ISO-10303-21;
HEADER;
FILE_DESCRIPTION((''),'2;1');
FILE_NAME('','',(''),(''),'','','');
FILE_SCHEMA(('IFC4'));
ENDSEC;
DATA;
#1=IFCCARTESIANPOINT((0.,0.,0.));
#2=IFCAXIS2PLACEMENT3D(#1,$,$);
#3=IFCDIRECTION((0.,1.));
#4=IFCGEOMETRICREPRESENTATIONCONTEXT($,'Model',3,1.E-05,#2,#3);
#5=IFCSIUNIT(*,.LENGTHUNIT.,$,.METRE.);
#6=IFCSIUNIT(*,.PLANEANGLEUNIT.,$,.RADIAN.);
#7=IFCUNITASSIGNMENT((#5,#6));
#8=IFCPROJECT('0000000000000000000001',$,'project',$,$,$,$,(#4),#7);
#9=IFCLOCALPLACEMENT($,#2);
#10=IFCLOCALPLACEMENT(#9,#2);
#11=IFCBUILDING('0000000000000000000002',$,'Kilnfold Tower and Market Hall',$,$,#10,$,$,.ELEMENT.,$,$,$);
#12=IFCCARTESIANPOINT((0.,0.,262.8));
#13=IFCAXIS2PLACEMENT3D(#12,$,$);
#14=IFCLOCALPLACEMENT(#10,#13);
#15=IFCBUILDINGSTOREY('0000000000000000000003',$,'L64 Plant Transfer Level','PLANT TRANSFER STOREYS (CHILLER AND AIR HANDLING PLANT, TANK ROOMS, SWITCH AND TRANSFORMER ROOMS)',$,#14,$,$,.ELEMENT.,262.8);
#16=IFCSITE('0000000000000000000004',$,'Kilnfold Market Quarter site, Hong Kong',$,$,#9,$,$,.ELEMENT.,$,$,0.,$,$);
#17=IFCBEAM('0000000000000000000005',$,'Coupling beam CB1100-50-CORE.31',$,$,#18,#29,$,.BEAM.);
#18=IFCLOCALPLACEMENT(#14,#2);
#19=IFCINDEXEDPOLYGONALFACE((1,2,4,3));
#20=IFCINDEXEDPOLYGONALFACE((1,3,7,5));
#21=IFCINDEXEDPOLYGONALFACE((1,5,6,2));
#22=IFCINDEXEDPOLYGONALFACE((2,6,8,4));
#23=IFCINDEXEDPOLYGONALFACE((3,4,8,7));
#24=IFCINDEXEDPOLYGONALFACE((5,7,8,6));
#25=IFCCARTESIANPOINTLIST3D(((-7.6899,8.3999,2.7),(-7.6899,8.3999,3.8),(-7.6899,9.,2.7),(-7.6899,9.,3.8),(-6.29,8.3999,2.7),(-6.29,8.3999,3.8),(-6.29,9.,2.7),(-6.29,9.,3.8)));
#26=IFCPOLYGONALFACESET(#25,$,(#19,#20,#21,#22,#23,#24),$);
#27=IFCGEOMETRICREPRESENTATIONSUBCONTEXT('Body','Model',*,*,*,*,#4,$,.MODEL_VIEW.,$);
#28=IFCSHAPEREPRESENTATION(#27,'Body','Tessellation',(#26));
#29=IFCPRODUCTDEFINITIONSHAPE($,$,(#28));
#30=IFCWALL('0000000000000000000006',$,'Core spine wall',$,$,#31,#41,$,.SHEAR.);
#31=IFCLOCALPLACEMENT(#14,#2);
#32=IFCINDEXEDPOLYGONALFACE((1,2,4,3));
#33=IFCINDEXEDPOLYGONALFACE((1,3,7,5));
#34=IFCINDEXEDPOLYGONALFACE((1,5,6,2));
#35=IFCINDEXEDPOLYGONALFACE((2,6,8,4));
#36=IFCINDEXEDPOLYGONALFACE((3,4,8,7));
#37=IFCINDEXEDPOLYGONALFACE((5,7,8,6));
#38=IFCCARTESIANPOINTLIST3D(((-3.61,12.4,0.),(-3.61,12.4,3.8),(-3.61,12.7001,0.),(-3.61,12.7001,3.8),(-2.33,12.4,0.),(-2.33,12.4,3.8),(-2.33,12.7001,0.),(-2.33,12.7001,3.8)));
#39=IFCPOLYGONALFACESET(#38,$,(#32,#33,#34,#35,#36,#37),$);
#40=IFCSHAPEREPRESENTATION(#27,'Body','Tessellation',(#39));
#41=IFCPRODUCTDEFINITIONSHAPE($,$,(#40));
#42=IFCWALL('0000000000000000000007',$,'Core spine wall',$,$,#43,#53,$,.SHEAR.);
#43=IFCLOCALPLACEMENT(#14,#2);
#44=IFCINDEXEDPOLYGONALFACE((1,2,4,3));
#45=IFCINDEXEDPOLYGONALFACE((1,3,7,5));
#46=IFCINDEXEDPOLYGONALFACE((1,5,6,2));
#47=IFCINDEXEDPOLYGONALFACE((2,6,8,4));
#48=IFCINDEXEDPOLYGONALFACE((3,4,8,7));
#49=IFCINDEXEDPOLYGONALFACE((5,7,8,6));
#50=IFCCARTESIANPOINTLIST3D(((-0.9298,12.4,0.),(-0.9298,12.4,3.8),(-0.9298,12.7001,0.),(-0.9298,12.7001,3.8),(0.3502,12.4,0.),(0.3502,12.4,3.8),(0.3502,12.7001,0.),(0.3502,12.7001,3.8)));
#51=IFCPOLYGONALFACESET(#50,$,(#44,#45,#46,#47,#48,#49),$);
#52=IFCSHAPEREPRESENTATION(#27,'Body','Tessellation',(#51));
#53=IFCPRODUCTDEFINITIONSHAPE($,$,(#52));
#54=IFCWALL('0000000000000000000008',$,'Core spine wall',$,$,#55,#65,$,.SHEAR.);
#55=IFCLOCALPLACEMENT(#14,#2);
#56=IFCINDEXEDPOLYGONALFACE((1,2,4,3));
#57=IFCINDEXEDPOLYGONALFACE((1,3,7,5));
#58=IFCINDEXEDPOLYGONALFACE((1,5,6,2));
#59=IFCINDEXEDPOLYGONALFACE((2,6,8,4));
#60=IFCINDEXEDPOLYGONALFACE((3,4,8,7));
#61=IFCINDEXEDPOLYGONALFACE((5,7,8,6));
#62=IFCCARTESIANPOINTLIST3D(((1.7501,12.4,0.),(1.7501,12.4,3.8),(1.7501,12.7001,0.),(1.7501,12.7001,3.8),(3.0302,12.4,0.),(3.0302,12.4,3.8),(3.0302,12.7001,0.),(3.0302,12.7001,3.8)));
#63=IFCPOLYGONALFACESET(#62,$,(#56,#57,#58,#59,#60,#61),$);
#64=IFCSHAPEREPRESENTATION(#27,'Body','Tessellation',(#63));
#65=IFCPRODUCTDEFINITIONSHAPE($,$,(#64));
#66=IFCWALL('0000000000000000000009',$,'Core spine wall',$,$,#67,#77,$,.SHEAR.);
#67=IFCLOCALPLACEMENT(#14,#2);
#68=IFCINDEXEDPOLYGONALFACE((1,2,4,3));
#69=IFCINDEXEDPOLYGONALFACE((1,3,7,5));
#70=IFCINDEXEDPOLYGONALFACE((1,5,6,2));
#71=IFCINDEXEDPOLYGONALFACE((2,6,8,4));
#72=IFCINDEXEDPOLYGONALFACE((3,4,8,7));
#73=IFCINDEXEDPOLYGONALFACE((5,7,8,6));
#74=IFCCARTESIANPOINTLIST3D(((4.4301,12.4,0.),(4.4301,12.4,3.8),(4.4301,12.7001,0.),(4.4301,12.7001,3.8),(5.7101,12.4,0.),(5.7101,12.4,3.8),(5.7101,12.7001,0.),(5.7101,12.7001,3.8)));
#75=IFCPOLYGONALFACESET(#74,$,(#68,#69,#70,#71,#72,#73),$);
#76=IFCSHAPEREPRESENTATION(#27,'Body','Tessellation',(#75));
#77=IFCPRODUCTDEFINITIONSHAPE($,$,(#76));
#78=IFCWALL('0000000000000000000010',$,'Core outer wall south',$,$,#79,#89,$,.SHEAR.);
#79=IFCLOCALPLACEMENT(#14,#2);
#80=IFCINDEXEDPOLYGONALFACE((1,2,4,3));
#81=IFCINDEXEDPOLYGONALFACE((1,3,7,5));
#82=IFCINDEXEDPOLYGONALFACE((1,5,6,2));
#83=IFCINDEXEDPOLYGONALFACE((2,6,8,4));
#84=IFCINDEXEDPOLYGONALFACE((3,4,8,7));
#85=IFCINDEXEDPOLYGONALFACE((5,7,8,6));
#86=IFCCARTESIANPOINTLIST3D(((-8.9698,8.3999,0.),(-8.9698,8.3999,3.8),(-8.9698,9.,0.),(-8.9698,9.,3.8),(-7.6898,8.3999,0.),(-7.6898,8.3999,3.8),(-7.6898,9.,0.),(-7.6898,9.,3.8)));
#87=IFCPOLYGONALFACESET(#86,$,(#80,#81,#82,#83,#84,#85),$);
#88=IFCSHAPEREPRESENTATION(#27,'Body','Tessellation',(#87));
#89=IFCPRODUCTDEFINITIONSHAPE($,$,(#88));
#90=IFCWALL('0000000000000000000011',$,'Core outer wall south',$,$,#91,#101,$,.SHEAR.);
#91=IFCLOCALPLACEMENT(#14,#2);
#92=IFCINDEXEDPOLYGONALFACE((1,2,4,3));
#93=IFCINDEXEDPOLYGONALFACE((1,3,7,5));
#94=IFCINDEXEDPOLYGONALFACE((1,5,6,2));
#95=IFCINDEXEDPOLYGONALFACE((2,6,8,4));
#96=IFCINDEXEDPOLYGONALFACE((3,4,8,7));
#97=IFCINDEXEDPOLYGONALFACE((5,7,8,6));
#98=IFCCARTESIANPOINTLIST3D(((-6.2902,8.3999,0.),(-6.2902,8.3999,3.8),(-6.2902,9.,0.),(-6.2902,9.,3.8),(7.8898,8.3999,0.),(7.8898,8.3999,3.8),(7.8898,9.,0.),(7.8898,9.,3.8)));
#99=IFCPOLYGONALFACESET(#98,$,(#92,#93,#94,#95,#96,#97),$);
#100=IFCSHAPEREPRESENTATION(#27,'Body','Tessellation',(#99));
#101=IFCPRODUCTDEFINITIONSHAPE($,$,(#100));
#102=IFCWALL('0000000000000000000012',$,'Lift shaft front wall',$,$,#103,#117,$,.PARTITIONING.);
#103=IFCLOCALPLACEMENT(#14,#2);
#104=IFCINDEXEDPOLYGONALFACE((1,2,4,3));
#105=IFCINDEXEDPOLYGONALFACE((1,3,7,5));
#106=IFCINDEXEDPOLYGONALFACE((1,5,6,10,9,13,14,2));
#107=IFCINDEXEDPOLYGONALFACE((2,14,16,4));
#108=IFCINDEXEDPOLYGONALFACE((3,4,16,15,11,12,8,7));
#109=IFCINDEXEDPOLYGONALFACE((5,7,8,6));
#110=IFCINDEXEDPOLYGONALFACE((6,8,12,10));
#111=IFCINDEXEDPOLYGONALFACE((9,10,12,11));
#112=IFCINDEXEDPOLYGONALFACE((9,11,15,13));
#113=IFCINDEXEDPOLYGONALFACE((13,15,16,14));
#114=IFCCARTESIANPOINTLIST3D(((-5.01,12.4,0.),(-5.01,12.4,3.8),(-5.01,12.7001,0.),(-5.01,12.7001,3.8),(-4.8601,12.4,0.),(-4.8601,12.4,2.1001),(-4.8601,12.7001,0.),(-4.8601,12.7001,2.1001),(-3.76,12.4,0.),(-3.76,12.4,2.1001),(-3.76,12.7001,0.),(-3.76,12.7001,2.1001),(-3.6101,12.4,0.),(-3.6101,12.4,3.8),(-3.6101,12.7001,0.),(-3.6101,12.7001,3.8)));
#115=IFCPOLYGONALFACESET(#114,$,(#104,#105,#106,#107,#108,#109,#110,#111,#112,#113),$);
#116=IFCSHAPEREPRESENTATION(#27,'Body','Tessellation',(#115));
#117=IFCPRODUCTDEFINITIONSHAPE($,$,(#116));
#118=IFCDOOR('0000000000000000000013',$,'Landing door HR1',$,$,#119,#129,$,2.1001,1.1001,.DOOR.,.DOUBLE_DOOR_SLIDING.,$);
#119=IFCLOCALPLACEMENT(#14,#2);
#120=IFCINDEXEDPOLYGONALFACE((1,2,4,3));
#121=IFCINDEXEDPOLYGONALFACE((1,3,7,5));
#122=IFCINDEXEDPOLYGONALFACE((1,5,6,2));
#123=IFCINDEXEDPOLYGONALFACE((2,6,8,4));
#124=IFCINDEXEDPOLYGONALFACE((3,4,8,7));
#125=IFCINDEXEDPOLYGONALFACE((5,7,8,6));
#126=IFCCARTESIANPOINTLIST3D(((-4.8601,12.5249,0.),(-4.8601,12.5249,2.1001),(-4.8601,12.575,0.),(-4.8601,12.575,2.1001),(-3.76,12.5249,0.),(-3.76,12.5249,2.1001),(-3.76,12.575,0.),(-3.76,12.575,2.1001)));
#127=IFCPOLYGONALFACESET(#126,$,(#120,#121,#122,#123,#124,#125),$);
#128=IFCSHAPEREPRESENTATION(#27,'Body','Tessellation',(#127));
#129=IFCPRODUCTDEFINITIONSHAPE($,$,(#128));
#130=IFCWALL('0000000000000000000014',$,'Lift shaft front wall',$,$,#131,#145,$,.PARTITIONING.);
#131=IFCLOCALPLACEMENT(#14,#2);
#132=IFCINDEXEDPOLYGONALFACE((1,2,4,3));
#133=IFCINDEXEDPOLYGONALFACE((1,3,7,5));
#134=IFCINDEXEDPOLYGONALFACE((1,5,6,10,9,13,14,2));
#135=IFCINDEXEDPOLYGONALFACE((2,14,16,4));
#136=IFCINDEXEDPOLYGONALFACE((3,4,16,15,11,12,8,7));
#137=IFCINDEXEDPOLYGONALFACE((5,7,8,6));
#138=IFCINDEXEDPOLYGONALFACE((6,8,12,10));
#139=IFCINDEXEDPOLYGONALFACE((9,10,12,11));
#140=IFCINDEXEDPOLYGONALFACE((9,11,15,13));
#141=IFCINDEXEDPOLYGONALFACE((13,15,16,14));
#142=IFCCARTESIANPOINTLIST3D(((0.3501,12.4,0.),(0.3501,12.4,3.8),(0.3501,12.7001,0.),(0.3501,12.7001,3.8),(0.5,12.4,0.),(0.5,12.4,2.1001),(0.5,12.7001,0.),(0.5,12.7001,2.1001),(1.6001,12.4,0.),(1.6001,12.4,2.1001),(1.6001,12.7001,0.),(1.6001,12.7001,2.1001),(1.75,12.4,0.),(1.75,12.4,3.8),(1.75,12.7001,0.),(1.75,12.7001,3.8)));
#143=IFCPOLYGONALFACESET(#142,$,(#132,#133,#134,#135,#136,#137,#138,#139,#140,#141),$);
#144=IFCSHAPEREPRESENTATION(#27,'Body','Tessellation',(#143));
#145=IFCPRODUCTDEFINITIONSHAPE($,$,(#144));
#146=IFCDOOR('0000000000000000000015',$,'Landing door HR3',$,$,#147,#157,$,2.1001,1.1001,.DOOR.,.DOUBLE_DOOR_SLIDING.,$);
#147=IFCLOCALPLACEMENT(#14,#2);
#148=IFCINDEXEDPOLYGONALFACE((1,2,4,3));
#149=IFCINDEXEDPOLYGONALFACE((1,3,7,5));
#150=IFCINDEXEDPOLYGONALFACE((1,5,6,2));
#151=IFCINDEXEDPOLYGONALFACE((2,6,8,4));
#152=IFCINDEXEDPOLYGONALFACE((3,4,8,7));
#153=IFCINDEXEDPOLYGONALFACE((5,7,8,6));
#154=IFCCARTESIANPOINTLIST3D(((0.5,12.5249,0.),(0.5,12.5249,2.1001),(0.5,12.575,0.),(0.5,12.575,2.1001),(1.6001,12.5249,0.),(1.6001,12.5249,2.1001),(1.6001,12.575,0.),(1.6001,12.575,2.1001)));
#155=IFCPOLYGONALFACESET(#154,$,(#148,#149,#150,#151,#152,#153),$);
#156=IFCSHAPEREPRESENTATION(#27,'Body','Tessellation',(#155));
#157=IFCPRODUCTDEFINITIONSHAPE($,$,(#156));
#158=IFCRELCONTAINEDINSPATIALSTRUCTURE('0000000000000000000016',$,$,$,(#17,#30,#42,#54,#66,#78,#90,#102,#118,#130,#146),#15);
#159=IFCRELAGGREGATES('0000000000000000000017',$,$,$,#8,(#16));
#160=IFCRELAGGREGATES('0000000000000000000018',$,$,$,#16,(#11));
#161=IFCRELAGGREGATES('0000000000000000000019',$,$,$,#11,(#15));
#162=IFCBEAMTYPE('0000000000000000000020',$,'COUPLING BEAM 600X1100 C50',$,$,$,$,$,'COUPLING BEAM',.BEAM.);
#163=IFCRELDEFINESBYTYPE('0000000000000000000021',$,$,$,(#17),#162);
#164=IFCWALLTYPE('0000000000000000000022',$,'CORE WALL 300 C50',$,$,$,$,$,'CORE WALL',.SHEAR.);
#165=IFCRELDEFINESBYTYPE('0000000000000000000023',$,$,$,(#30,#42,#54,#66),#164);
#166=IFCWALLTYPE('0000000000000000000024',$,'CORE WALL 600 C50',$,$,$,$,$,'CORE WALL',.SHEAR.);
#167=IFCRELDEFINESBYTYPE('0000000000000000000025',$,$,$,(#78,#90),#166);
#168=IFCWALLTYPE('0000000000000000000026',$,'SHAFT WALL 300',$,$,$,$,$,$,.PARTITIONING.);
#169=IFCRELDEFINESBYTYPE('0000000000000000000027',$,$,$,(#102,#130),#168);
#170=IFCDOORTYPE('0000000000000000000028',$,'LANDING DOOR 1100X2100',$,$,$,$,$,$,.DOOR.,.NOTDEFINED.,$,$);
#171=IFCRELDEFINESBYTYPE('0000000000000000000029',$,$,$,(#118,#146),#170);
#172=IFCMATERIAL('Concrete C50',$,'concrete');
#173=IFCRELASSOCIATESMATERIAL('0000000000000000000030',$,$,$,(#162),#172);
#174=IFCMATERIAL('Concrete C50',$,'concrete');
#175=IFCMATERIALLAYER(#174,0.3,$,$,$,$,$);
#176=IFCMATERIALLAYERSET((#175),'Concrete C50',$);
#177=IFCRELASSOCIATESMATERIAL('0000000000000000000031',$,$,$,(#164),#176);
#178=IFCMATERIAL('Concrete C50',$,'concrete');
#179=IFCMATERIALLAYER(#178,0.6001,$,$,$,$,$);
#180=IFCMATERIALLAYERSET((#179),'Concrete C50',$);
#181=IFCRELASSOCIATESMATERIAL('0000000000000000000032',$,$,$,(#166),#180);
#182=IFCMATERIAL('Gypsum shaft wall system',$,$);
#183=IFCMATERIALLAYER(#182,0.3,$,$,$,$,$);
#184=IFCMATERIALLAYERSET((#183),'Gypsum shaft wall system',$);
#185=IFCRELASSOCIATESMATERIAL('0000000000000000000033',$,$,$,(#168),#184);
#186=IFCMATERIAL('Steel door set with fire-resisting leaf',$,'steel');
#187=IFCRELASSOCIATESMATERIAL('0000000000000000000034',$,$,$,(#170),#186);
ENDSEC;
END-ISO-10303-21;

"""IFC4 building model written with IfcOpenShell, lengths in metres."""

from ifc_helpers import new_model, si_unit, direction, frame, frame_2d, origin, origin_2d, place, context, subcontext, project, spatial, rectangle, extrude, source, transform, mapped, material, layer, layer_set, material_profile, profile_set, type_object, element, fill, save


model = new_model("IFC4")

# Units and contexts
model_context = context("Model", 3, precision=1e-05, world=origin(), true_north=direction((0.0, 1.0)))
body_context = subcontext(model_context, "Body", "Model", "MODEL_VIEW")
ifc_project = project(units=[si_unit("LENGTHUNIT", "METRE"), si_unit("PLANEANGLEUNIT", "RADIAN")], contexts=[model_context])

# Site, building, storey
site_placement = place(None, origin())
site = spatial("IfcSite", under=ifc_project, at=site_placement, Name="Kilnfold Market Quarter site, Hong Kong", CompositionType="ELEMENT", RefElevation=0.0)
building_placement = place(site_placement, origin())
building = spatial("IfcBuilding", under=site, at=building_placement, Name="Kilnfold Tower and Market Hall", CompositionType="ELEMENT")
storey_placement = place(building_placement, frame((0.0, 0.0, 262.8)))
storey = spatial("IfcBuildingStorey", under=building, at=storey_placement, Name="L64 Plant Transfer Level", Description="PLANT TRANSFER STOREYS (CHILLER AND AIR HANDLING PLANT, TANK ROOMS, SWITCH AND TRANSFORMER ROOMS)", CompositionType="ELEMENT", Elevation=262.8)

# Beam
ifc_material_1 = material(Name="Concrete C50", Category="concrete")
ifc_material_profile = material_profile(ifc_material_1, rectangle(XDim=0.6001, YDim=1.1001, at=origin_2d()), Name="RC 600x1100")
ifc_profile_set = profile_set([ifc_material_profile], Name="Concrete C50")
beam_type = type_object("IfcBeamType", Name="COUPLING BEAM 600X1100 C50", ElementType="COUPLING BEAM", PredefinedType="BEAM", material=ifc_profile_set)
shared_shape_1 = source(origin(), body_context, "Body", "SweptSolid", [
    extrude(rectangle(XDim=0.6001, YDim=1.1001, at=origin_2d()), origin(), (0.0, 0.0, 1.0), 1.3999),
])
beam_placement = place(storey_placement, frame((-7.6899, 8.7, 3.25), z_axis=(1.0, 0.0, 0.0), x_axis=(0.0, 1.0, 0.0)))
element("IfcBeam", 1, at=beam_placement, inside=storey, type_object=beam_type, Name="Coupling beam CB1100-50-CORE.31", PredefinedType="BEAM", context=body_context, shape_type="MappedRepresentation", body=[
    mapped(shared_shape_1, transform((0.0, 0.0, 0.0))),
])

# Walls
ifc_material_2 = material(Name="Concrete C50", Category="concrete")
ifc_layer_1 = layer(ifc_material_2, 0.3)
ifc_layer_set_1 = layer_set([ifc_layer_1], Name="Concrete C50")
wall_type_1 = type_object("IfcWallType", Name="CORE WALL 300 C50", ElementType="CORE WALL", PredefinedType="SHEAR", material=ifc_layer_set_1)
shared_shape_2 = source(origin(), body_context, "Body", "SweptSolid", [
    extrude(rectangle(XDim=1.28, YDim=0.3, at=frame_2d((0.6401, 0.0))), origin(), (0.0, 0.0, 1.0), 3.8),
])
for number, where, z_axis, x_axis, name in (
    (2, (-3.6101, 12.55, 0.0), (0.0, 0.0, 1.0), (1.0, 0.0, 0.0), "Core spine wall"),
    (3, (-0.9299, 12.55, 0.0), (0.0, 0.0, 1.0), (1.0, 0.0, 0.0), "Core spine wall"),
    (4, (1.75, 12.55, 0.0), (0.0, 0.0, 1.0), (1.0, 0.0, 0.0), "Core spine wall"),
    (5, (4.4299, 12.55, 0.0), (0.0, 0.0, 1.0), (1.0, 0.0, 0.0), "Core spine wall"),
):
    element("IfcWall", number, at=place(storey_placement, frame(where, z_axis=z_axis, x_axis=x_axis)), inside=storey, type_object=wall_type_1, Name=name, PredefinedType="SHEAR", context=body_context, shape_type="MappedRepresentation", body=[
        mapped(shared_shape_2, transform((0.0, 0.0, 0.0))),
    ])
ifc_material_3 = material(Name="Concrete C50", Category="concrete")
ifc_layer_2 = layer(ifc_material_3, 0.6001)
ifc_layer_set_2 = layer_set([ifc_layer_2], Name="Concrete C50")
wall_type_2 = type_object("IfcWallType", Name="CORE WALL 600 C50", ElementType="CORE WALL", PredefinedType="SHEAR", material=ifc_layer_set_2)
shared_shape_3 = source(origin(), body_context, "Body", "SweptSolid", [
    extrude(rectangle(XDim=1.28, YDim=0.6001, at=frame_2d((0.6401, 0.0))), origin(), (0.0, 0.0, 1.0), 3.8),
])
wall_1_placement = place(storey_placement, frame((-8.97, 8.7, 0.0), z_axis=(0.0, 0.0, 1.0), x_axis=(1.0, 0.0, 0.0)))
element("IfcWall", 6, at=wall_1_placement, inside=storey, type_object=wall_type_2, Name="Core outer wall south", PredefinedType="SHEAR", context=body_context, shape_type="MappedRepresentation", body=[
    mapped(shared_shape_3, transform((0.0, 0.0, 0.0))),
])
shared_shape_4 = source(origin(), body_context, "Body", "SweptSolid", [
    extrude(rectangle(XDim=14.1799, YDim=0.6001, at=frame_2d((7.0898, 0.0))), origin(), (0.0, 0.0, 1.0), 3.8),
])
wall_2_placement = place(storey_placement, frame((-6.29, 8.7, 0.0), z_axis=(0.0, 0.0, 1.0), x_axis=(1.0, 0.0, 0.0)))
element("IfcWall", 7, at=wall_2_placement, inside=storey, type_object=wall_type_2, Name="Core outer wall south", PredefinedType="SHEAR", context=body_context, shape_type="MappedRepresentation", body=[
    mapped(shared_shape_4, transform((0.0, 0.0, 0.0))),
])

# Walls, openings, doors
ifc_material_4 = material(Name="Gypsum shaft wall system")
ifc_layer_3 = layer(ifc_material_4, 0.3)
ifc_layer_set_3 = layer_set([ifc_layer_3], Name="Gypsum shaft wall system")
wall_type_3 = type_object("IfcWallType", Name="SHAFT WALL 300", PredefinedType="PARTITIONING", material=ifc_layer_set_3)
shared_shape_5 = source(origin(), body_context, "Body", "SweptSolid", [
    extrude(rectangle(XDim=1.3999, YDim=0.3, at=frame_2d((0.7, 0.0))), origin(), (0.0, 0.0, 1.0), 3.8),
])
wall_3_placement = place(storey_placement, frame((-5.01, 12.55, 0.0), z_axis=(0.0, 0.0, 1.0), x_axis=(1.0, 0.0, 0.0)))
wall_3 = element("IfcWall", 8, at=wall_3_placement, inside=storey, type_object=wall_type_3, Name="Lift shaft front wall", PredefinedType="PARTITIONING", context=body_context, shape_type="MappedRepresentation", body=[
    mapped(shared_shape_5, transform((0.0, 0.0, 0.0))),
])
opening_1_placement = place(wall_3_placement, frame((0.1499, 0.0, 0.0)))
opening_1 = element("IfcOpeningElement", 9, at=opening_1_placement, cuts=wall_3, PredefinedType="OPENING", context=body_context, shape_type="SweptSolid", body=[
    extrude(rectangle(XDim=1.1001, YDim=2.1001, at=frame_2d((0.55, 1.05))), frame((0.0, 0.1602, 0.0), z_axis=(0.0, -1.0, 0.0), x_axis=(1.0, 0.0, 0.0)), (0.0, 0.0, 1.0), 0.3201),
])
ifc_material_5 = material(Name="Steel door set with fire-resisting leaf", Category="steel")
door_type_1 = type_object("IfcDoorType", Name="LANDING DOOR 1100X2100", OperationType="NOTDEFINED", PredefinedType="DOOR", material=ifc_material_5)
door_1_placement = place(opening_1_placement, origin())
door_1 = element("IfcDoor", 10, at=door_1_placement, inside=storey, type_object=door_type_1, Name="Landing door HR1", OperationType="DOUBLE_DOOR_SLIDING", OverallHeight=2.1001, OverallWidth=1.1001, PredefinedType="DOOR", context=body_context, shape_type="SweptSolid", body=[
    extrude(rectangle(XDim=1.1001, YDim=2.1001, at=frame_2d((0.55, 1.05))), frame((0.0, 0.0249, 0.0), z_axis=(0.0, -1.0, 0.0), x_axis=(1.0, 0.0, 0.0)), (0.0, 0.0, 1.0), 0.05),
])
fill(opening_1, door_1)
wall_4_placement = place(storey_placement, frame((0.3501, 12.55, 0.0), z_axis=(0.0, 0.0, 1.0), x_axis=(1.0, 0.0, 0.0)))
wall_4 = element("IfcWall", 11, at=wall_4_placement, inside=storey, type_object=wall_type_3, Name="Lift shaft front wall", PredefinedType="PARTITIONING", context=body_context, shape_type="MappedRepresentation", body=[
    mapped(shared_shape_5, transform((0.0, 0.0, 0.0))),
])
opening_2_placement = place(wall_4_placement, frame((0.1499, 0.0, 0.0)))
opening_2 = element("IfcOpeningElement", 12, at=opening_2_placement, cuts=wall_4, PredefinedType="OPENING", context=body_context, shape_type="SweptSolid", body=[
    extrude(rectangle(XDim=1.1001, YDim=2.1001, at=frame_2d((0.55, 1.05))), frame((0.0, 0.1602, 0.0), z_axis=(0.0, -1.0, 0.0), x_axis=(1.0, 0.0, 0.0)), (0.0, 0.0, 1.0), 0.3201),
])
door_2_placement = place(opening_2_placement, origin())
door_2 = element("IfcDoor", 13, at=door_2_placement, inside=storey, type_object=door_type_1, Name="Landing door HR3", OperationType="DOUBLE_DOOR_SLIDING", OverallHeight=2.1001, OverallWidth=1.1001, PredefinedType="DOOR", context=body_context, shape_type="SweptSolid", body=[
    extrude(rectangle(XDim=1.1001, YDim=2.1001, at=frame_2d((0.55, 1.05))), frame((0.0, 0.0249, 0.0), z_axis=(0.0, -1.0, 0.0), x_axis=(1.0, 0.0, 0.0)), (0.0, 0.0, 1.0), 0.05),
])
fill(opening_2, door_2)

save(model, "model.ifc")
